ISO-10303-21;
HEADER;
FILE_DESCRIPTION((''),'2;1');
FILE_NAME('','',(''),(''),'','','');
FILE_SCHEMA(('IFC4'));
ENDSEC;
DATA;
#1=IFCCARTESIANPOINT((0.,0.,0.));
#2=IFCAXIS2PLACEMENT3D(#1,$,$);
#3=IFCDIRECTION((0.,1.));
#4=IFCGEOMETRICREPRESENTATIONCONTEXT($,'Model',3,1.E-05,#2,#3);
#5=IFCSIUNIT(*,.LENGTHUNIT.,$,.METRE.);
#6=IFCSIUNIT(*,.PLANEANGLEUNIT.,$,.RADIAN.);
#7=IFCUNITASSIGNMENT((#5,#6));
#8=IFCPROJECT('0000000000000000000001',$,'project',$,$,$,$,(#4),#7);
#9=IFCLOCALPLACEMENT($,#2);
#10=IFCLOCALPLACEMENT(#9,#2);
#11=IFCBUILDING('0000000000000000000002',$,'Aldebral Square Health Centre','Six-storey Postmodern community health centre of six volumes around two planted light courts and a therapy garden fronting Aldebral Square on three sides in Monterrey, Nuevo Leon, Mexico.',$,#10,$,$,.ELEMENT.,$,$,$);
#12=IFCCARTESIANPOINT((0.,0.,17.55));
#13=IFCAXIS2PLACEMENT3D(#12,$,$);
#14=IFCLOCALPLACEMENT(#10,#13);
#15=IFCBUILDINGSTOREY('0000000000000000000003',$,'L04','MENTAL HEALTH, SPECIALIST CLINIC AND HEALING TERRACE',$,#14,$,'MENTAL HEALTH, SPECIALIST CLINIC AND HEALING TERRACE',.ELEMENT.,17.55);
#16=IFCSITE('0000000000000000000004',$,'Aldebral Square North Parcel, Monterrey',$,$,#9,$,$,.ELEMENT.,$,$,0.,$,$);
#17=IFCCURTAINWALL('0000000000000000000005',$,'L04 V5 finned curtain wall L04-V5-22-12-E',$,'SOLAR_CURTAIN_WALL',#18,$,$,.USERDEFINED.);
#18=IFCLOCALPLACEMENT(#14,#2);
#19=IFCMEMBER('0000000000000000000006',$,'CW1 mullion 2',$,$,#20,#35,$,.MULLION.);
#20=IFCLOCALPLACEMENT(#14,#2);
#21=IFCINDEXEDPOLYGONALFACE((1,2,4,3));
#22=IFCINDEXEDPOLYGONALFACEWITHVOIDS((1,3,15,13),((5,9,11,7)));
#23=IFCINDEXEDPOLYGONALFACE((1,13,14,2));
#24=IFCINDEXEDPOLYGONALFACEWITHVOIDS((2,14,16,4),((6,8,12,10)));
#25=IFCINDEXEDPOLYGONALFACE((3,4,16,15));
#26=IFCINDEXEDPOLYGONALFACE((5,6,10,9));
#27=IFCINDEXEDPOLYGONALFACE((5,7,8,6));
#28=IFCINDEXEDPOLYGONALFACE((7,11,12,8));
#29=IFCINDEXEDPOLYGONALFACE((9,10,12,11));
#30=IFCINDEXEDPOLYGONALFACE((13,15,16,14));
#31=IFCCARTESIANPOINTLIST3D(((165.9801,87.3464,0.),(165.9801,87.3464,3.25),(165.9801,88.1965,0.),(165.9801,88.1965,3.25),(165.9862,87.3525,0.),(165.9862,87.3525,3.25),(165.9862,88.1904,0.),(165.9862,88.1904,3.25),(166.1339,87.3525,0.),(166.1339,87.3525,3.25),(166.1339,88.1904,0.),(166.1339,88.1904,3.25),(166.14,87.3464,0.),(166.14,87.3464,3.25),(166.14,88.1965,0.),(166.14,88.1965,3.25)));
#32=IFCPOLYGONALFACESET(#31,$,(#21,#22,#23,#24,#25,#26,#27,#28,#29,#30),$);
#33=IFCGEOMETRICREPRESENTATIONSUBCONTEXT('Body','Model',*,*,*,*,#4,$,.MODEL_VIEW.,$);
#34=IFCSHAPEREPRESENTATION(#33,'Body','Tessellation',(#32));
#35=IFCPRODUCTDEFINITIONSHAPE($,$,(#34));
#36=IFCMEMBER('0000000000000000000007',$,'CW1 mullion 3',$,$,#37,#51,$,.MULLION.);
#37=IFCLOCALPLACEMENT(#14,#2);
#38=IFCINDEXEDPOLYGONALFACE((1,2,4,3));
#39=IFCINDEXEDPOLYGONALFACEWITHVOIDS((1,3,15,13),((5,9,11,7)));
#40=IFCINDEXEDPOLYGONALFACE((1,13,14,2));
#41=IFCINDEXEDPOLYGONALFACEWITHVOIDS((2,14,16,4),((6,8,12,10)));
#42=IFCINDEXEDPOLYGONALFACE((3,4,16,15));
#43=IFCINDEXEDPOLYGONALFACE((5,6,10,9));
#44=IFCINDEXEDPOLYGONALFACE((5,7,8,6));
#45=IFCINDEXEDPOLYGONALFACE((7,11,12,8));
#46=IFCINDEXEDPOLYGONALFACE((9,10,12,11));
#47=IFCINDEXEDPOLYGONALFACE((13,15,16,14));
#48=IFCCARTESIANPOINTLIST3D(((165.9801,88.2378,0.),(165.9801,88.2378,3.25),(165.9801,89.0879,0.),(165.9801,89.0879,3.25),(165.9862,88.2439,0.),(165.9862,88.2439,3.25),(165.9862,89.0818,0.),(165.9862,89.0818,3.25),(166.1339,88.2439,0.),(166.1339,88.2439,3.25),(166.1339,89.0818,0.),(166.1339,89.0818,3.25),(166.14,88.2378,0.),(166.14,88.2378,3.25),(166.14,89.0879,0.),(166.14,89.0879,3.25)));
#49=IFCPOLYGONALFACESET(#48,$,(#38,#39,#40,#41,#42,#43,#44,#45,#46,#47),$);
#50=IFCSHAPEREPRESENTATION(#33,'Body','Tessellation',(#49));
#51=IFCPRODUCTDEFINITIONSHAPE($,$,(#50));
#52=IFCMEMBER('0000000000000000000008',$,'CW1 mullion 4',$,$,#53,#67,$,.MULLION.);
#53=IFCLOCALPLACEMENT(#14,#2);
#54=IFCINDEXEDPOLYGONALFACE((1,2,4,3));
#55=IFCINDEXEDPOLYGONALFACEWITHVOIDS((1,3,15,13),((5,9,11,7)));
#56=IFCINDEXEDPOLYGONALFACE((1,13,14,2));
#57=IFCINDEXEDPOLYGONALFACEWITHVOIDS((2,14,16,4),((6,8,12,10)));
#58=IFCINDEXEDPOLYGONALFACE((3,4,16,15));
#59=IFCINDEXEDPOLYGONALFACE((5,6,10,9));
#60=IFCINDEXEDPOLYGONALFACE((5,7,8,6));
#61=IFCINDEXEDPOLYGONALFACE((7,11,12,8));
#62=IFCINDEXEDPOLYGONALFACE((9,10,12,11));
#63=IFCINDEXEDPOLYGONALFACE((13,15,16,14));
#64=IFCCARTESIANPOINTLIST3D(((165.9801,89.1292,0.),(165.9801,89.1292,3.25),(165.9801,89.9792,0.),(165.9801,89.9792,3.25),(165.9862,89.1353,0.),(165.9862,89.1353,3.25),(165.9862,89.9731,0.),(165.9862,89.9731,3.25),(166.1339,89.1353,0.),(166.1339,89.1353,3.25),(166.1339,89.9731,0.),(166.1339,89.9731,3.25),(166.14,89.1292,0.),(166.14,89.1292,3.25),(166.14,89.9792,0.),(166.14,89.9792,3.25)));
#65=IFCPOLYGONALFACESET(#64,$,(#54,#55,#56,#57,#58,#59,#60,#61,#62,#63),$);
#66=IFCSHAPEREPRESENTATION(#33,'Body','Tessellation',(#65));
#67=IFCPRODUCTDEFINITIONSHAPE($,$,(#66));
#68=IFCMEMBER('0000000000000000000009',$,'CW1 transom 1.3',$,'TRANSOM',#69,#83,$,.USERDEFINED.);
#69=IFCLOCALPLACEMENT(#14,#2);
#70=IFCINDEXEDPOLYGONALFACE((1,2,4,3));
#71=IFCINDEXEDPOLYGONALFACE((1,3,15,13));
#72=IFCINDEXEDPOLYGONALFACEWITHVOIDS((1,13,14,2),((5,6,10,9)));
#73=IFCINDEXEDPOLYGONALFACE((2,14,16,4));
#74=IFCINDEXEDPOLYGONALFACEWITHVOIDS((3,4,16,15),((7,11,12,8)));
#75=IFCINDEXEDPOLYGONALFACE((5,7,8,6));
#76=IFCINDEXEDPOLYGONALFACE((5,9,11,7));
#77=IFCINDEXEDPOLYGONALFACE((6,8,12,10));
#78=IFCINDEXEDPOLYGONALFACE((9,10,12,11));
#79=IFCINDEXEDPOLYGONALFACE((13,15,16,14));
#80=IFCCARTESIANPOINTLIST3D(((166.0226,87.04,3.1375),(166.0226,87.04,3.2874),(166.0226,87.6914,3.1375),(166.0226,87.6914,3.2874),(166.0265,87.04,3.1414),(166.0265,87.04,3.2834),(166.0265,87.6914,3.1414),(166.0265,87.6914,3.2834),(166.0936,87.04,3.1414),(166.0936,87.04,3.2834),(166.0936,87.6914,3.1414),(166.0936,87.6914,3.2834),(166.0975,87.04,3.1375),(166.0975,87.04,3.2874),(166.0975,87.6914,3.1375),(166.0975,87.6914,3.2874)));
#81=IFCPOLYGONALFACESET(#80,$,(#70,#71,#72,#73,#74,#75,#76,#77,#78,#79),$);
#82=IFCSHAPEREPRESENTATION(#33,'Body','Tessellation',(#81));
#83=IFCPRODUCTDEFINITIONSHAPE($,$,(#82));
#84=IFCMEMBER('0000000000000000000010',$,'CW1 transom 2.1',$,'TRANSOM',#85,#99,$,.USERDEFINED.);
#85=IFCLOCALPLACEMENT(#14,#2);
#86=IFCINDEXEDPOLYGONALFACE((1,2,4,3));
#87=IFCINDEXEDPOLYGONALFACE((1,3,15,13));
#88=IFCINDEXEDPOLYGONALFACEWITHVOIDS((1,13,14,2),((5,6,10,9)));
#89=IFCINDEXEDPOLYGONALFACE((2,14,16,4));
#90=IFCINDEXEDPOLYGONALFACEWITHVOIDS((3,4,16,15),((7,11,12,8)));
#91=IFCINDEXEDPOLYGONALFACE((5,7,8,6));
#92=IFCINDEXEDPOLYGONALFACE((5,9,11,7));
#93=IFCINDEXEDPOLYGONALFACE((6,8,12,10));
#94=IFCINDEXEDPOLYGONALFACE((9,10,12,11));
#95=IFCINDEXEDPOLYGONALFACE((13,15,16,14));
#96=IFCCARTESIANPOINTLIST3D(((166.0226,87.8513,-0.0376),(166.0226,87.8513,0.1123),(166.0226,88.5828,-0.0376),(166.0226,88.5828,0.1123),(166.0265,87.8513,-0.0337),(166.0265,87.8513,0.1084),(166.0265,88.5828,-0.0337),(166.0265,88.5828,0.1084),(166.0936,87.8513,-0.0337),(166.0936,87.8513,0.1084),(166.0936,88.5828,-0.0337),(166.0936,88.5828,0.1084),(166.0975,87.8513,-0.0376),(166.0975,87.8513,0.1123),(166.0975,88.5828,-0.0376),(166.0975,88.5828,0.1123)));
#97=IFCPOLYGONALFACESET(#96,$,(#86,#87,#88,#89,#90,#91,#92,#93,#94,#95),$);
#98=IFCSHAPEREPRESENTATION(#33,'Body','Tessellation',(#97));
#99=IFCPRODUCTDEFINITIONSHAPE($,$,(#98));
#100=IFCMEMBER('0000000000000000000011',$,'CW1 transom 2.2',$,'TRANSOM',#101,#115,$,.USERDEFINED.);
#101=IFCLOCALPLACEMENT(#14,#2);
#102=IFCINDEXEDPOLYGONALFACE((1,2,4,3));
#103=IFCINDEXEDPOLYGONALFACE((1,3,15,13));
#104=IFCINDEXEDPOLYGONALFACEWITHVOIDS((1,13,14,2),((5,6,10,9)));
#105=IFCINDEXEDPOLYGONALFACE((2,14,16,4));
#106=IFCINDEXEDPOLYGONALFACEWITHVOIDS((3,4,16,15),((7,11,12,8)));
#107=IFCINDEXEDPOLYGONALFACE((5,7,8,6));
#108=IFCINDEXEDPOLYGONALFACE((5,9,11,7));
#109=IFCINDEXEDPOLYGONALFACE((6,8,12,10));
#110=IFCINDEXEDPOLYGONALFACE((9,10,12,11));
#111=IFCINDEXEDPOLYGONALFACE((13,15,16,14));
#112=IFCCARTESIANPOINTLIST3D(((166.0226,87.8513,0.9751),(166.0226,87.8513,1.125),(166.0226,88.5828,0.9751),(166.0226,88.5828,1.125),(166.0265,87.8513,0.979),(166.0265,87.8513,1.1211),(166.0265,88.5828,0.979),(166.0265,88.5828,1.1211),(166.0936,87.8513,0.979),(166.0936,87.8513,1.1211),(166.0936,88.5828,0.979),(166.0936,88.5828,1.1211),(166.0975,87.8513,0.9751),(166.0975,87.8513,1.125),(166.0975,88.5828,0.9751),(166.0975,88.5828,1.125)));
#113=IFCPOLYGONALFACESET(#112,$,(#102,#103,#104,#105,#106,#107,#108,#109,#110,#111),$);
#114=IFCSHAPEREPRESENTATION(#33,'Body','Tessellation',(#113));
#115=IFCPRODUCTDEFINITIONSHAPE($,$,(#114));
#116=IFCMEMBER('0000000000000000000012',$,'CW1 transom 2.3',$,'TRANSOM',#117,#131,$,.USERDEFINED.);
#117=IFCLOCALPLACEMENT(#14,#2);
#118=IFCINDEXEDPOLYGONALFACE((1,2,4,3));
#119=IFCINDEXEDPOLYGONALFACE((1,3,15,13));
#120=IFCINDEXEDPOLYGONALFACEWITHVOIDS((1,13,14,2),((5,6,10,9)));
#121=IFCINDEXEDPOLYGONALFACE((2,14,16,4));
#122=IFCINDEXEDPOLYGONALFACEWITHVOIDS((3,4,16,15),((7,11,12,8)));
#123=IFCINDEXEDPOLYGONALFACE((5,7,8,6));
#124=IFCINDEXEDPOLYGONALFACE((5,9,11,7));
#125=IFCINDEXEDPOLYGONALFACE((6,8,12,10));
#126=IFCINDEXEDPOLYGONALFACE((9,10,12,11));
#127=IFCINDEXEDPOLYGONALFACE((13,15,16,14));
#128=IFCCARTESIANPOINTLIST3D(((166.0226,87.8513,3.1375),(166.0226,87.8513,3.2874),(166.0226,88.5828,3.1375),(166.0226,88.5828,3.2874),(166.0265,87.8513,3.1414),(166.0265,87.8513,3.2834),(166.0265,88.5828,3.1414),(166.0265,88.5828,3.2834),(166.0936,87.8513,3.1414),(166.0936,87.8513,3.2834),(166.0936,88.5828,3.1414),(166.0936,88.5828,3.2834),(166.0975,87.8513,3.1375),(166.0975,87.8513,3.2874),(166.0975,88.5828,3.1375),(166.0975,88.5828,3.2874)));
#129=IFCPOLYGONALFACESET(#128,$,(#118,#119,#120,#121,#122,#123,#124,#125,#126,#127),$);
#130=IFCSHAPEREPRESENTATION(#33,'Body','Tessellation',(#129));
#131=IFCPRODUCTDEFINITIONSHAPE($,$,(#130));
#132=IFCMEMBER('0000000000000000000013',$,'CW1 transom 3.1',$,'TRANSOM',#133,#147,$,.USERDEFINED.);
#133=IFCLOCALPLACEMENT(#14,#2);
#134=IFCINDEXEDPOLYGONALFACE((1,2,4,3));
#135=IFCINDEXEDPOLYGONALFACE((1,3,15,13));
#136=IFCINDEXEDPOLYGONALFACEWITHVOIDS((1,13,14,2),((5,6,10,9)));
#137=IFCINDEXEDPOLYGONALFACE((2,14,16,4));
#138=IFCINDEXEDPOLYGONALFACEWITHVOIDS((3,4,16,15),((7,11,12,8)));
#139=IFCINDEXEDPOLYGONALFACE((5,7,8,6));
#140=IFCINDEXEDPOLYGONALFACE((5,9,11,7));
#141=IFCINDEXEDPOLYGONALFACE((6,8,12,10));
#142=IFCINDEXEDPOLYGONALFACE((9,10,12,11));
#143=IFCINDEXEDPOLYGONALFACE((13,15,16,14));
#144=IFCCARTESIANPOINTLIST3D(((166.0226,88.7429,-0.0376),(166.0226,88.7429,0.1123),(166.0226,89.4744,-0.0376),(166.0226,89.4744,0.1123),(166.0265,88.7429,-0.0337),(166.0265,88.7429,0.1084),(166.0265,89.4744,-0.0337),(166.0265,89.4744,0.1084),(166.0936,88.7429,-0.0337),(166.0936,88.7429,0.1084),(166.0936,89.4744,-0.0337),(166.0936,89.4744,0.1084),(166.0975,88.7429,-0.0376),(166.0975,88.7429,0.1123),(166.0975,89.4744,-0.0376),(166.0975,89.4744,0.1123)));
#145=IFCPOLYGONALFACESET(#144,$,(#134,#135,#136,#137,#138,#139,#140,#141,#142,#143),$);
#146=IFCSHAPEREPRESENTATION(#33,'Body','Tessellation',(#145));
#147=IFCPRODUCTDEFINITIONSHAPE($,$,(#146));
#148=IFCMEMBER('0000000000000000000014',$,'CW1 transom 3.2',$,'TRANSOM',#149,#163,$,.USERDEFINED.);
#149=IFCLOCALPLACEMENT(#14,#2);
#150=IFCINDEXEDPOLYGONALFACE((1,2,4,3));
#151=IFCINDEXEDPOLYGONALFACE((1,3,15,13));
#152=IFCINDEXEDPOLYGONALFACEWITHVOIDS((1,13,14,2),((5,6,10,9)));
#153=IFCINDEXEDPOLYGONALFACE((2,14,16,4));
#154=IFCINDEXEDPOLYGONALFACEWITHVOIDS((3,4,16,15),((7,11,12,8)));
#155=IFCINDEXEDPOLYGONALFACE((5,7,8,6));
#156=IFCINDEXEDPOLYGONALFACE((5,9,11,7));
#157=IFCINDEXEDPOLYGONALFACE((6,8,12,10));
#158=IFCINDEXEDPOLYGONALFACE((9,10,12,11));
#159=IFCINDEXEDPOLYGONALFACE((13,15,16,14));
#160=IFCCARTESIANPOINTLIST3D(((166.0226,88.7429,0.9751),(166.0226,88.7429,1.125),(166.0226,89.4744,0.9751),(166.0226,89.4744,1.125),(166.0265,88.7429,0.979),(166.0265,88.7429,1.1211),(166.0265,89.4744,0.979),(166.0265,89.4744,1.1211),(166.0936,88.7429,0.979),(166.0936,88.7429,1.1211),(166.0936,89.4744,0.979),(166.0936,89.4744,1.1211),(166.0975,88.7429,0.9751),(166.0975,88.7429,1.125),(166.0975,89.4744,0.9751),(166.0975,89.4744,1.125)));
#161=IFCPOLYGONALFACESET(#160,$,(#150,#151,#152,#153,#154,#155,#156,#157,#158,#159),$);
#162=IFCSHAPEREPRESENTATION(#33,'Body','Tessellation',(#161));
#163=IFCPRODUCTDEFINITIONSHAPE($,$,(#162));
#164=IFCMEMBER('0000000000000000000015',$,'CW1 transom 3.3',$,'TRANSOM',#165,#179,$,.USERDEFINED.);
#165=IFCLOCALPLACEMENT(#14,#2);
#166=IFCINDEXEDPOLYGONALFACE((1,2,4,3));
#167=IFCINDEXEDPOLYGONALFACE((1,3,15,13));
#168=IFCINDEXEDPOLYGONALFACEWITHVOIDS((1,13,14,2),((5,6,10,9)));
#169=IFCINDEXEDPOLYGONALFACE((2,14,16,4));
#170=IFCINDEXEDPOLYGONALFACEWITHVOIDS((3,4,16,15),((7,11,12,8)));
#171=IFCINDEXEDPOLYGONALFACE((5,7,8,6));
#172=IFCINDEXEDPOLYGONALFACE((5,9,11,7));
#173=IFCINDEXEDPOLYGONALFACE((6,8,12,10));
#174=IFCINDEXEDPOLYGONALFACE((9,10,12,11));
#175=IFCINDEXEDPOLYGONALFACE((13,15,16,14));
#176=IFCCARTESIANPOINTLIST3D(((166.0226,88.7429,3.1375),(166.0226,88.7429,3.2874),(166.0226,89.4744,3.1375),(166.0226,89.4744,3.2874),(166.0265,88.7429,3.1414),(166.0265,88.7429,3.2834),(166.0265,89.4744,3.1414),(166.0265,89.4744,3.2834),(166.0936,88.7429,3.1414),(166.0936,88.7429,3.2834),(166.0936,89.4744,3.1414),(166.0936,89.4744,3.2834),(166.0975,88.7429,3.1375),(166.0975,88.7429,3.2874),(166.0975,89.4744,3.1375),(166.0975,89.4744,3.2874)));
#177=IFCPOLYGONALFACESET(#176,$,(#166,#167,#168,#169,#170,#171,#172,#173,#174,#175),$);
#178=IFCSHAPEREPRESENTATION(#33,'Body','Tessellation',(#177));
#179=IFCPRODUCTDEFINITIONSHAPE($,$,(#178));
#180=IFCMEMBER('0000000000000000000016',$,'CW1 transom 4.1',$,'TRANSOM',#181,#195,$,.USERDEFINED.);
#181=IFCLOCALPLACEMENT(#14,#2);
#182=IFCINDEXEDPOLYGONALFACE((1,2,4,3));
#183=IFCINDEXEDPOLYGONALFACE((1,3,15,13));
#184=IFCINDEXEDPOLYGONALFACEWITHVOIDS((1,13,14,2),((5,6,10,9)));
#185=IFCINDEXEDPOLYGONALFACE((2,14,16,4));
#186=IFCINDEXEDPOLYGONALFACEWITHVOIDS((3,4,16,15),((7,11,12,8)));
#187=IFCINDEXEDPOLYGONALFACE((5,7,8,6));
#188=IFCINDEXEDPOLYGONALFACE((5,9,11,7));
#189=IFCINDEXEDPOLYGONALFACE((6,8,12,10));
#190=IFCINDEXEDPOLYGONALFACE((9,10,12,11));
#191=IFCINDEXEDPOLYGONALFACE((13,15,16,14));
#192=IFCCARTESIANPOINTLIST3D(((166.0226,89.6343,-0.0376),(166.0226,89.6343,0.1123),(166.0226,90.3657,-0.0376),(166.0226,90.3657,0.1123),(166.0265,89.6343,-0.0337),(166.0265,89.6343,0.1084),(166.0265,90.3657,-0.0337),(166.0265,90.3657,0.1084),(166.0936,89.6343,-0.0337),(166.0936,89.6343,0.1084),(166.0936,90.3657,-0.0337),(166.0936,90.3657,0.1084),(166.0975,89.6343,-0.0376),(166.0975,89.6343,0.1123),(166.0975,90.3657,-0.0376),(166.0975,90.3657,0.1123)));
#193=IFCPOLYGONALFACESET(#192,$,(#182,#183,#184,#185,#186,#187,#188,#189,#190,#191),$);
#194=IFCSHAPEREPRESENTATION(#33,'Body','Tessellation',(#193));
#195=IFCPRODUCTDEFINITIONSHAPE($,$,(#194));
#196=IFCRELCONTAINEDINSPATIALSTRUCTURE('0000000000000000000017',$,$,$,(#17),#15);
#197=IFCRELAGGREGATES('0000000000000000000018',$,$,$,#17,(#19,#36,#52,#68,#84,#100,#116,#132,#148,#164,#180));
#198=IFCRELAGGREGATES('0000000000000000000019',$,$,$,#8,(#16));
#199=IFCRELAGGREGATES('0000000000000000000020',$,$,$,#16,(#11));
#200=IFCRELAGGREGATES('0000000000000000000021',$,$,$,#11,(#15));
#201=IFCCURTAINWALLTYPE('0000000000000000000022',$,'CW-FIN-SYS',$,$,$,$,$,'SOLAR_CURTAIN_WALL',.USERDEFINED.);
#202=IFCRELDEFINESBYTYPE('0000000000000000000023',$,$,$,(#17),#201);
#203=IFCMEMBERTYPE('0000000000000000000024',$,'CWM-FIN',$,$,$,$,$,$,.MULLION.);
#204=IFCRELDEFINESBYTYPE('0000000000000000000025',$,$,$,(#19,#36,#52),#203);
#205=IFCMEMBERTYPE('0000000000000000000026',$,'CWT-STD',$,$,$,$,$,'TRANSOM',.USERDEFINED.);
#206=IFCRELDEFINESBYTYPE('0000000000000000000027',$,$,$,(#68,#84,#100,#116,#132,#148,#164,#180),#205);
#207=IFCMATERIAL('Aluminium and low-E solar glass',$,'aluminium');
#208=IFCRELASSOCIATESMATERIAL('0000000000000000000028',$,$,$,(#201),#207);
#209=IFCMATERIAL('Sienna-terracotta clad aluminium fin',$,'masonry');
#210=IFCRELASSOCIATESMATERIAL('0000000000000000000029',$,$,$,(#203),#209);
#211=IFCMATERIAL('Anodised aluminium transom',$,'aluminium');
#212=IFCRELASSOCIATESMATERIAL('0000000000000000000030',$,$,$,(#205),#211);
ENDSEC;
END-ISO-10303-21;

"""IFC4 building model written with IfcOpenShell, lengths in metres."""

from ifc_helpers import new_model, si_unit, direction, frame, origin, origin_2d, place, context, subcontext, project, spatial, hollow_rectangle, extrude, material, material_profile, profile_set, type_object, element, aggregate, save


model = new_model("IFC4")

# Units and contexts
model_context = context("Model", 3, precision=1e-05, world=origin(), true_north=direction((0.0, 1.0)))
body_context = subcontext(model_context, "Body", "Model", "MODEL_VIEW")
ifc_project = project(units=[si_unit("LENGTHUNIT", "METRE"), si_unit("PLANEANGLEUNIT", "RADIAN")], contexts=[model_context])

# Site, building, storey
site_placement = place(None, origin())
site = spatial("IfcSite", under=ifc_project, at=site_placement, Name="Aldebral Square North Parcel, Monterrey", CompositionType="ELEMENT", RefElevation=0.0)
building_placement = place(site_placement, origin())
building = spatial("IfcBuilding", under=site, at=building_placement, Name="Aldebral Square Health Centre", Description="Six-storey Postmodern community health centre of six volumes around two planted light courts and a therapy garden fronting Aldebral Square on three sides in Monterrey, Nuevo Leon, Mexico.", CompositionType="ELEMENT")
storey_placement = place(building_placement, frame((0.0, 0.0, 17.55)))
storey = spatial("IfcBuildingStorey", under=building, at=storey_placement, Name="L04", Description="MENTAL HEALTH, SPECIALIST CLINIC AND HEALING TERRACE", LongName="MENTAL HEALTH, SPECIALIST CLINIC AND HEALING TERRACE", CompositionType="ELEMENT", Elevation=17.55)

# Curtain wall, members
ifc_material_1 = material(Name="Aluminium and low-E solar glass", Category="aluminium")
curtain_wall_type = type_object("IfcCurtainWallType", Name="CW-FIN-SYS", ElementType="SOLAR_CURTAIN_WALL", PredefinedType="USERDEFINED", material=ifc_material_1)
curtain_wall_placement = place(storey_placement, origin())
curtain_wall = element("IfcCurtainWall", 1, at=curtain_wall_placement, inside=storey, type_object=curtain_wall_type, Name="L04 V5 finned curtain wall L04-V5-22-12-E", ObjectType="SOLAR_CURTAIN_WALL", PredefinedType="USERDEFINED")
ifc_material_2 = material(Name="Sienna-terracotta clad aluminium fin", Category="masonry")
ifc_material_profile_1 = material_profile(ifc_material_2, hollow_rectangle(XDim=0.1599, YDim=0.8501, WallThickness=0.0061, at=origin_2d()), Name="FIN 160x850x6")
ifc_profile_set_1 = profile_set([ifc_material_profile_1], Name="Sienna-terracotta clad aluminium fin")
member_type_1 = type_object("IfcMemberType", Name="CWM-FIN", PredefinedType="MULLION", material=ifc_profile_set_1)
member_1_placement = place(storey_placement, frame((166.0601, 87.7715, 0.0), z_axis=(0.0, 0.0, 1.0), x_axis=(-1.0, 0.0, 0.0)))
member_1 = element("IfcMember", 2, at=member_1_placement, type_object=member_type_1, Name="CW1 mullion 2", PredefinedType="MULLION", context=body_context, shape_type="SweptSolid", body=[
    extrude(hollow_rectangle(XDim=0.1599, YDim=0.8501, WallThickness=0.0061, at=origin_2d()), origin(), (0.0, 0.0, 1.0), 3.25),
])
member_2_placement = place(storey_placement, frame((166.0601, 88.6628, 0.0), z_axis=(0.0, 0.0, 1.0), x_axis=(-1.0, 0.0, 0.0)))
member_2 = element("IfcMember", 3, at=member_2_placement, type_object=member_type_1, Name="CW1 mullion 3", PredefinedType="MULLION", context=body_context, shape_type="SweptSolid", body=[
    extrude(hollow_rectangle(XDim=0.1599, YDim=0.8501, WallThickness=0.0061, at=origin_2d()), origin(), (0.0, 0.0, 1.0), 3.25),
])
member_3_placement = place(storey_placement, frame((166.0601, 89.5542, 0.0), z_axis=(0.0, 0.0, 1.0), x_axis=(-1.0, 0.0, 0.0)))
member_3 = element("IfcMember", 4, at=member_3_placement, type_object=member_type_1, Name="CW1 mullion 4", PredefinedType="MULLION", context=body_context, shape_type="SweptSolid", body=[
    extrude(hollow_rectangle(XDim=0.1599, YDim=0.8501, WallThickness=0.0061, at=origin_2d()), origin(), (0.0, 0.0, 1.0), 3.25),
])
ifc_material_3 = material(Name="Anodised aluminium transom", Category="aluminium")
ifc_material_profile_2 = material_profile(ifc_material_3, hollow_rectangle(XDim=0.075, YDim=0.1499, WallThickness=0.0039, at=origin_2d()), Name="CWT 75x150x4")
ifc_profile_set_2 = profile_set([ifc_material_profile_2], Name="Anodised aluminium transom")
member_type_2 = type_object("IfcMemberType", Name="CWT-STD", ElementType="TRANSOM", PredefinedType="USERDEFINED", material=ifc_profile_set_2)
member_4_placement = place(storey_placement, frame((166.0601, 87.04, 3.2124), z_axis=(0.0, 1.0, 0.0), x_axis=(-1.0, 0.0, 0.0)))
member_4 = element("IfcMember", 5, at=member_4_placement, type_object=member_type_2, Name="CW1 transom 1.3", ObjectType="TRANSOM", PredefinedType="USERDEFINED", context=body_context, shape_type="SweptSolid", body=[
    extrude(hollow_rectangle(XDim=0.075, YDim=0.1499, WallThickness=0.0039, at=origin_2d()), origin(), (0.0, 0.0, 1.0), 0.6514),
])
member_5_placement = place(storey_placement, frame((166.0601, 87.8513, 0.0374), z_axis=(0.0, 1.0, 0.0), x_axis=(-1.0, 0.0, 0.0)))
member_5 = element("IfcMember", 6, at=member_5_placement, type_object=member_type_2, Name="CW1 transom 2.1", ObjectType="TRANSOM", PredefinedType="USERDEFINED", context=body_context, shape_type="SweptSolid", body=[
    extrude(hollow_rectangle(XDim=0.075, YDim=0.1499, WallThickness=0.0039, at=origin_2d()), origin(), (0.0, 0.0, 1.0), 0.7314),
])
member_6_placement = place(storey_placement, frame((166.0601, 87.8513, 1.05), z_axis=(0.0, 1.0, 0.0), x_axis=(-1.0, 0.0, 0.0)))
member_6 = element("IfcMember", 7, at=member_6_placement, type_object=member_type_2, Name="CW1 transom 2.2", ObjectType="TRANSOM", PredefinedType="USERDEFINED", context=body_context, shape_type="SweptSolid", body=[
    extrude(hollow_rectangle(XDim=0.075, YDim=0.1499, WallThickness=0.0039, at=origin_2d()), origin(), (0.0, 0.0, 1.0), 0.7314),
])
member_7_placement = place(storey_placement, frame((166.0601, 87.8513, 3.2124), z_axis=(0.0, 1.0, 0.0), x_axis=(-1.0, 0.0, 0.0)))
member_7 = element("IfcMember", 8, at=member_7_placement, type_object=member_type_2, Name="CW1 transom 2.3", ObjectType="TRANSOM", PredefinedType="USERDEFINED", context=body_context, shape_type="SweptSolid", body=[
    extrude(hollow_rectangle(XDim=0.075, YDim=0.1499, WallThickness=0.0039, at=origin_2d()), origin(), (0.0, 0.0, 1.0), 0.7314),
])
member_8_placement = place(storey_placement, frame((166.0601, 88.7429, 0.0374), z_axis=(0.0, 1.0, 0.0), x_axis=(-1.0, 0.0, 0.0)))
member_8 = element("IfcMember", 9, at=member_8_placement, type_object=member_type_2, Name="CW1 transom 3.1", ObjectType="TRANSOM", PredefinedType="USERDEFINED", context=body_context, shape_type="SweptSolid", body=[
    extrude(hollow_rectangle(XDim=0.075, YDim=0.1499, WallThickness=0.0039, at=origin_2d()), origin(), (0.0, 0.0, 1.0), 0.7314),
])
member_9_placement = place(storey_placement, frame((166.0601, 88.7429, 1.05), z_axis=(0.0, 1.0, 0.0), x_axis=(-1.0, 0.0, 0.0)))
member_9 = element("IfcMember", 10, at=member_9_placement, type_object=member_type_2, Name="CW1 transom 3.2", ObjectType="TRANSOM", PredefinedType="USERDEFINED", context=body_context, shape_type="SweptSolid", body=[
    extrude(hollow_rectangle(XDim=0.075, YDim=0.1499, WallThickness=0.0039, at=origin_2d()), origin(), (0.0, 0.0, 1.0), 0.7314),
])
member_10_placement = place(storey_placement, frame((166.0601, 88.7429, 3.2124), z_axis=(0.0, 1.0, 0.0), x_axis=(-1.0, 0.0, 0.0)))
member_10 = element("IfcMember", 11, at=member_10_placement, type_object=member_type_2, Name="CW1 transom 3.3", ObjectType="TRANSOM", PredefinedType="USERDEFINED", context=body_context, shape_type="SweptSolid", body=[
    extrude(hollow_rectangle(XDim=0.075, YDim=0.1499, WallThickness=0.0039, at=origin_2d()), origin(), (0.0, 0.0, 1.0), 0.7314),
])
member_11_placement = place(storey_placement, frame((166.0601, 89.6343, 0.0374), z_axis=(0.0, 1.0, 0.0), x_axis=(-1.0, 0.0, 0.0)))
member_11 = element("IfcMember", 12, at=member_11_placement, type_object=member_type_2, Name="CW1 transom 4.1", ObjectType="TRANSOM", PredefinedType="USERDEFINED", context=body_context, shape_type="SweptSolid", body=[
    extrude(hollow_rectangle(XDim=0.075, YDim=0.1499, WallThickness=0.0039, at=origin_2d()), origin(), (0.0, 0.0, 1.0), 0.7314),
])
aggregate(curtain_wall, [member_1, member_2, member_3, member_4, member_5, member_6, member_7, member_8, member_9, member_10, member_11])

save(model, "model.ifc")
